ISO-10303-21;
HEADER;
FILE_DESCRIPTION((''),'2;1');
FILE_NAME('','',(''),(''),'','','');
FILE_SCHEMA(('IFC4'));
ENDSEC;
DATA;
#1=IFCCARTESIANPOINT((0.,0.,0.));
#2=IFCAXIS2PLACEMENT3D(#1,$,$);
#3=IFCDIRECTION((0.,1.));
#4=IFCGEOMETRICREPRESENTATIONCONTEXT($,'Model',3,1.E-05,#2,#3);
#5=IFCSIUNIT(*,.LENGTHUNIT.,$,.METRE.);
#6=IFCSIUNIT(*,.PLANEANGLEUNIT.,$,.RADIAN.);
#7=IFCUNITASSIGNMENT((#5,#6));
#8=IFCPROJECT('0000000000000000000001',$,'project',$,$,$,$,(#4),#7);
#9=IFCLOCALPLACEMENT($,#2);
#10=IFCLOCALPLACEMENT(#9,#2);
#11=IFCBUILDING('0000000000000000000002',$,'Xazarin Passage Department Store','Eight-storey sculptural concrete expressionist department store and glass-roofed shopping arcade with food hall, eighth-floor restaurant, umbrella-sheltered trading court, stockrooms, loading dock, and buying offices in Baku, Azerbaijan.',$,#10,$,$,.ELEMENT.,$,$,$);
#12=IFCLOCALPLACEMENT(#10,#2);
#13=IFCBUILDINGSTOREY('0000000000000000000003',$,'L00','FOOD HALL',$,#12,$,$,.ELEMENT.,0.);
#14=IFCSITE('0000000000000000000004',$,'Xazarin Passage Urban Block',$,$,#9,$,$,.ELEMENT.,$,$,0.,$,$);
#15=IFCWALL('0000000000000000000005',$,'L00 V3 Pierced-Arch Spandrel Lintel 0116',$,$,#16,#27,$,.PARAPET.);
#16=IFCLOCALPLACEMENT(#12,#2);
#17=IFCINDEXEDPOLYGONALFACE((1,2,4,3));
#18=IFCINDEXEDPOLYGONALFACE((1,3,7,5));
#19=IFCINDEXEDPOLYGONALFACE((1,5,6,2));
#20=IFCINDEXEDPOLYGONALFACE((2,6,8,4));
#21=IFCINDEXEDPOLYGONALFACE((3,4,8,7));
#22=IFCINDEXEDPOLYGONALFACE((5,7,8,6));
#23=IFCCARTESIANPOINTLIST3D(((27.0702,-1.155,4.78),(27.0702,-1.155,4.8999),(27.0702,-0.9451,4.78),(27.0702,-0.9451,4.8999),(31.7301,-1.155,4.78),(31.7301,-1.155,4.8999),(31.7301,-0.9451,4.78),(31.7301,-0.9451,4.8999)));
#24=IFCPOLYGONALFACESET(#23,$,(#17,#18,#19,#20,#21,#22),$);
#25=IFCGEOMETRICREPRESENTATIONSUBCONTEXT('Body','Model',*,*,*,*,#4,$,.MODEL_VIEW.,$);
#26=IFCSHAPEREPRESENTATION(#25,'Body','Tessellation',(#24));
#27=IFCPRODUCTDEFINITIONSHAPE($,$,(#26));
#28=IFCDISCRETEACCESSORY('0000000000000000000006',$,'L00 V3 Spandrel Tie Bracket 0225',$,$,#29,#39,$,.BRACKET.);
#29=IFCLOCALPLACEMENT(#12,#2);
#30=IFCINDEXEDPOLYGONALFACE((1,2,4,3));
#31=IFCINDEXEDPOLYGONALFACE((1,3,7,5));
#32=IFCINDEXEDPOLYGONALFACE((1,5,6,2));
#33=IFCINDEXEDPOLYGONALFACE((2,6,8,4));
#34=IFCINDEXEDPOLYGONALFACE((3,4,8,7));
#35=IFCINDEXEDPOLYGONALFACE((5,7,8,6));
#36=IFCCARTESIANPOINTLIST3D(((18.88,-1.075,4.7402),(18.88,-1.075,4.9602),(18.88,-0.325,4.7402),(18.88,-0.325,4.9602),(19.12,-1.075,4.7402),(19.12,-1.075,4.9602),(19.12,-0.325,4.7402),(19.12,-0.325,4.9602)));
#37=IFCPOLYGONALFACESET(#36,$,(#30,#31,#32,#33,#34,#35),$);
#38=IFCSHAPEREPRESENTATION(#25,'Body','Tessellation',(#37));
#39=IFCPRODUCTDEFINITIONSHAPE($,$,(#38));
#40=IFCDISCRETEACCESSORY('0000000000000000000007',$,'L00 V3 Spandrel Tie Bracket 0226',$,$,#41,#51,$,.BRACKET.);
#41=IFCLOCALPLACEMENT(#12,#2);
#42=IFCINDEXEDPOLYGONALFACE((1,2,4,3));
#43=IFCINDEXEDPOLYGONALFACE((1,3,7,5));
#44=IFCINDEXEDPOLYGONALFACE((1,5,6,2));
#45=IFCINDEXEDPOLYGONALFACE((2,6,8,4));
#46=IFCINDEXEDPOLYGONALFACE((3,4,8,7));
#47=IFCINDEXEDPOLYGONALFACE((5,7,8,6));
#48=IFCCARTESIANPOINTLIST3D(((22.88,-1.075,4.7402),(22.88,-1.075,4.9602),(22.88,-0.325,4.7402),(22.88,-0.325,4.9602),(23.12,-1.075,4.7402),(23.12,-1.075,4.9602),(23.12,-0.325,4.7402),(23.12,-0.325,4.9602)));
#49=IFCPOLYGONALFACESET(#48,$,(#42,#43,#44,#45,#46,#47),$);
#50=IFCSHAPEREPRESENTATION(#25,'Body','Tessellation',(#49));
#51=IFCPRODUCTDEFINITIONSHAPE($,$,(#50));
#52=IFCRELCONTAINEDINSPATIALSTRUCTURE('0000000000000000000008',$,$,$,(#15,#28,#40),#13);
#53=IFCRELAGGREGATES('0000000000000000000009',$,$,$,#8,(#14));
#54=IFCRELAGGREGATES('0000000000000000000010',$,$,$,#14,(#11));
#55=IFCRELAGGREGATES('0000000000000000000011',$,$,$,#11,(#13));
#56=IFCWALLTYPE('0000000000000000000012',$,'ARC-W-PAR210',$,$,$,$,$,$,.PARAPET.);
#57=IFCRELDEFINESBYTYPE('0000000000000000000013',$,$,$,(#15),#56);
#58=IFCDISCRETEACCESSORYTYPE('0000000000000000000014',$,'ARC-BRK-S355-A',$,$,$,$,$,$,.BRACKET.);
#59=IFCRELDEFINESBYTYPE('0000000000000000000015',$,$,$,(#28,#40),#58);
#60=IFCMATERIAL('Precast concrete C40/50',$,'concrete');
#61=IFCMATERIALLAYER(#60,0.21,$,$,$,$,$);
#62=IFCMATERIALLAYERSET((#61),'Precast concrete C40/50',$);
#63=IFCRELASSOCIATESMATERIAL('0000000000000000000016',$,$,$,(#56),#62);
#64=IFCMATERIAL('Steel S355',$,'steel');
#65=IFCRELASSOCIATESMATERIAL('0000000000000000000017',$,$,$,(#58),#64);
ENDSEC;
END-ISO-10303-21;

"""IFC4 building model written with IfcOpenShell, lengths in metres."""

from ifc_helpers import new_model, si_unit, direction, frame, frame_2d, origin, origin_2d, place, context, subcontext, project, spatial, rectangle, extrude, material, layer, layer_set, type_object, element, save


model = new_model("IFC4")

# Units and contexts
model_context = context("Model", 3, precision=1e-05, world=origin(), true_north=direction((0.0, 1.0)))
body_context = subcontext(model_context, "Body", "Model", "MODEL_VIEW")
ifc_project = project(units=[si_unit("LENGTHUNIT", "METRE"), si_unit("PLANEANGLEUNIT", "RADIAN")], contexts=[model_context])

# Site, building, storey
site_placement = place(None, origin())
site = spatial("IfcSite", under=ifc_project, at=site_placement, Name="Xazarin Passage Urban Block", CompositionType="ELEMENT", RefElevation=0.0)
building_placement = place(site_placement, origin())
building = spatial("IfcBuilding", under=site, at=building_placement, Name="Xazarin Passage Department Store", Description="Eight-storey sculptural concrete expressionist department store and glass-roofed shopping arcade with food hall, eighth-floor restaurant, umbrella-sheltered trading court, stockrooms, loading dock, and buying offices in Baku, Azerbaijan.", CompositionType="ELEMENT")
storey_placement = place(building_placement, origin())
storey = spatial("IfcBuildingStorey", under=building, at=storey_placement, Name="L00", Description="FOOD HALL", CompositionType="ELEMENT", Elevation=0.0)

# Shared definitions
ifc_material_1 = material(Name="Steel S355", Category="steel")

# Shared definitions
ifc_material_2 = material(Name="Precast concrete C40/50", Category="concrete")

# Wall
ifc_layer_1 = layer(ifc_material_2, 0.21)
ifc_layer_set_1 = layer_set([ifc_layer_1], Name="Precast concrete C40/50")
wall_type = type_object("IfcWallType", Name="ARC-W-PAR210", PredefinedType="PARAPET", material=ifc_layer_set_1)
wall_1_placement = place(storey_placement, frame((27.0701, -1.05, 4.78), z_axis=(0.0, 0.0, 1.0), x_axis=(1.0, 0.0, 0.0)))
element("IfcWall", 1, at=wall_1_placement, inside=storey, type_object=wall_type, Name="L00 V3 Pierced-Arch Spandrel Lintel 0116", PredefinedType="PARAPET", context=body_context, shape_type="SweptSolid", body=[
    extrude(rectangle(XDim=4.6599, YDim=0.21, at=frame_2d((2.3301, 0.0))), origin(), (0.0, 0.0, 1.0), 0.1199),
])

# Discrete accessories
discrete_accessory_type = type_object("IfcDiscreteAccessoryType", Name="ARC-BRK-S355-A", PredefinedType="BRACKET", material=ifc_material_1)
for number, where, z_axis, x_axis, name in (
    (2, (19.0, -0.7, 4.7402), (0.0, 0.0, 1.0), (1.0, 0.0, 0.0), "L00 V3 Spandrel Tie Bracket 0225"),
    (3, (23.0, -0.7, 4.7402), (0.0, 0.0, 1.0), (1.0, 0.0, 0.0), "L00 V3 Spandrel Tie Bracket 0226"),
):
    element("IfcDiscreteAccessory", number, at=place(storey_placement, frame(where, z_axis=z_axis, x_axis=x_axis)), inside=storey, type_object=discrete_accessory_type, Name=name, PredefinedType="BRACKET", context=body_context, shape_type="SweptSolid", body=[
        extrude(rectangle(XDim=0.24, YDim=0.75, at=origin_2d()), origin(), (0.0, 0.0, 1.0), 0.22),
    ])

save(model, "model.ifc")
